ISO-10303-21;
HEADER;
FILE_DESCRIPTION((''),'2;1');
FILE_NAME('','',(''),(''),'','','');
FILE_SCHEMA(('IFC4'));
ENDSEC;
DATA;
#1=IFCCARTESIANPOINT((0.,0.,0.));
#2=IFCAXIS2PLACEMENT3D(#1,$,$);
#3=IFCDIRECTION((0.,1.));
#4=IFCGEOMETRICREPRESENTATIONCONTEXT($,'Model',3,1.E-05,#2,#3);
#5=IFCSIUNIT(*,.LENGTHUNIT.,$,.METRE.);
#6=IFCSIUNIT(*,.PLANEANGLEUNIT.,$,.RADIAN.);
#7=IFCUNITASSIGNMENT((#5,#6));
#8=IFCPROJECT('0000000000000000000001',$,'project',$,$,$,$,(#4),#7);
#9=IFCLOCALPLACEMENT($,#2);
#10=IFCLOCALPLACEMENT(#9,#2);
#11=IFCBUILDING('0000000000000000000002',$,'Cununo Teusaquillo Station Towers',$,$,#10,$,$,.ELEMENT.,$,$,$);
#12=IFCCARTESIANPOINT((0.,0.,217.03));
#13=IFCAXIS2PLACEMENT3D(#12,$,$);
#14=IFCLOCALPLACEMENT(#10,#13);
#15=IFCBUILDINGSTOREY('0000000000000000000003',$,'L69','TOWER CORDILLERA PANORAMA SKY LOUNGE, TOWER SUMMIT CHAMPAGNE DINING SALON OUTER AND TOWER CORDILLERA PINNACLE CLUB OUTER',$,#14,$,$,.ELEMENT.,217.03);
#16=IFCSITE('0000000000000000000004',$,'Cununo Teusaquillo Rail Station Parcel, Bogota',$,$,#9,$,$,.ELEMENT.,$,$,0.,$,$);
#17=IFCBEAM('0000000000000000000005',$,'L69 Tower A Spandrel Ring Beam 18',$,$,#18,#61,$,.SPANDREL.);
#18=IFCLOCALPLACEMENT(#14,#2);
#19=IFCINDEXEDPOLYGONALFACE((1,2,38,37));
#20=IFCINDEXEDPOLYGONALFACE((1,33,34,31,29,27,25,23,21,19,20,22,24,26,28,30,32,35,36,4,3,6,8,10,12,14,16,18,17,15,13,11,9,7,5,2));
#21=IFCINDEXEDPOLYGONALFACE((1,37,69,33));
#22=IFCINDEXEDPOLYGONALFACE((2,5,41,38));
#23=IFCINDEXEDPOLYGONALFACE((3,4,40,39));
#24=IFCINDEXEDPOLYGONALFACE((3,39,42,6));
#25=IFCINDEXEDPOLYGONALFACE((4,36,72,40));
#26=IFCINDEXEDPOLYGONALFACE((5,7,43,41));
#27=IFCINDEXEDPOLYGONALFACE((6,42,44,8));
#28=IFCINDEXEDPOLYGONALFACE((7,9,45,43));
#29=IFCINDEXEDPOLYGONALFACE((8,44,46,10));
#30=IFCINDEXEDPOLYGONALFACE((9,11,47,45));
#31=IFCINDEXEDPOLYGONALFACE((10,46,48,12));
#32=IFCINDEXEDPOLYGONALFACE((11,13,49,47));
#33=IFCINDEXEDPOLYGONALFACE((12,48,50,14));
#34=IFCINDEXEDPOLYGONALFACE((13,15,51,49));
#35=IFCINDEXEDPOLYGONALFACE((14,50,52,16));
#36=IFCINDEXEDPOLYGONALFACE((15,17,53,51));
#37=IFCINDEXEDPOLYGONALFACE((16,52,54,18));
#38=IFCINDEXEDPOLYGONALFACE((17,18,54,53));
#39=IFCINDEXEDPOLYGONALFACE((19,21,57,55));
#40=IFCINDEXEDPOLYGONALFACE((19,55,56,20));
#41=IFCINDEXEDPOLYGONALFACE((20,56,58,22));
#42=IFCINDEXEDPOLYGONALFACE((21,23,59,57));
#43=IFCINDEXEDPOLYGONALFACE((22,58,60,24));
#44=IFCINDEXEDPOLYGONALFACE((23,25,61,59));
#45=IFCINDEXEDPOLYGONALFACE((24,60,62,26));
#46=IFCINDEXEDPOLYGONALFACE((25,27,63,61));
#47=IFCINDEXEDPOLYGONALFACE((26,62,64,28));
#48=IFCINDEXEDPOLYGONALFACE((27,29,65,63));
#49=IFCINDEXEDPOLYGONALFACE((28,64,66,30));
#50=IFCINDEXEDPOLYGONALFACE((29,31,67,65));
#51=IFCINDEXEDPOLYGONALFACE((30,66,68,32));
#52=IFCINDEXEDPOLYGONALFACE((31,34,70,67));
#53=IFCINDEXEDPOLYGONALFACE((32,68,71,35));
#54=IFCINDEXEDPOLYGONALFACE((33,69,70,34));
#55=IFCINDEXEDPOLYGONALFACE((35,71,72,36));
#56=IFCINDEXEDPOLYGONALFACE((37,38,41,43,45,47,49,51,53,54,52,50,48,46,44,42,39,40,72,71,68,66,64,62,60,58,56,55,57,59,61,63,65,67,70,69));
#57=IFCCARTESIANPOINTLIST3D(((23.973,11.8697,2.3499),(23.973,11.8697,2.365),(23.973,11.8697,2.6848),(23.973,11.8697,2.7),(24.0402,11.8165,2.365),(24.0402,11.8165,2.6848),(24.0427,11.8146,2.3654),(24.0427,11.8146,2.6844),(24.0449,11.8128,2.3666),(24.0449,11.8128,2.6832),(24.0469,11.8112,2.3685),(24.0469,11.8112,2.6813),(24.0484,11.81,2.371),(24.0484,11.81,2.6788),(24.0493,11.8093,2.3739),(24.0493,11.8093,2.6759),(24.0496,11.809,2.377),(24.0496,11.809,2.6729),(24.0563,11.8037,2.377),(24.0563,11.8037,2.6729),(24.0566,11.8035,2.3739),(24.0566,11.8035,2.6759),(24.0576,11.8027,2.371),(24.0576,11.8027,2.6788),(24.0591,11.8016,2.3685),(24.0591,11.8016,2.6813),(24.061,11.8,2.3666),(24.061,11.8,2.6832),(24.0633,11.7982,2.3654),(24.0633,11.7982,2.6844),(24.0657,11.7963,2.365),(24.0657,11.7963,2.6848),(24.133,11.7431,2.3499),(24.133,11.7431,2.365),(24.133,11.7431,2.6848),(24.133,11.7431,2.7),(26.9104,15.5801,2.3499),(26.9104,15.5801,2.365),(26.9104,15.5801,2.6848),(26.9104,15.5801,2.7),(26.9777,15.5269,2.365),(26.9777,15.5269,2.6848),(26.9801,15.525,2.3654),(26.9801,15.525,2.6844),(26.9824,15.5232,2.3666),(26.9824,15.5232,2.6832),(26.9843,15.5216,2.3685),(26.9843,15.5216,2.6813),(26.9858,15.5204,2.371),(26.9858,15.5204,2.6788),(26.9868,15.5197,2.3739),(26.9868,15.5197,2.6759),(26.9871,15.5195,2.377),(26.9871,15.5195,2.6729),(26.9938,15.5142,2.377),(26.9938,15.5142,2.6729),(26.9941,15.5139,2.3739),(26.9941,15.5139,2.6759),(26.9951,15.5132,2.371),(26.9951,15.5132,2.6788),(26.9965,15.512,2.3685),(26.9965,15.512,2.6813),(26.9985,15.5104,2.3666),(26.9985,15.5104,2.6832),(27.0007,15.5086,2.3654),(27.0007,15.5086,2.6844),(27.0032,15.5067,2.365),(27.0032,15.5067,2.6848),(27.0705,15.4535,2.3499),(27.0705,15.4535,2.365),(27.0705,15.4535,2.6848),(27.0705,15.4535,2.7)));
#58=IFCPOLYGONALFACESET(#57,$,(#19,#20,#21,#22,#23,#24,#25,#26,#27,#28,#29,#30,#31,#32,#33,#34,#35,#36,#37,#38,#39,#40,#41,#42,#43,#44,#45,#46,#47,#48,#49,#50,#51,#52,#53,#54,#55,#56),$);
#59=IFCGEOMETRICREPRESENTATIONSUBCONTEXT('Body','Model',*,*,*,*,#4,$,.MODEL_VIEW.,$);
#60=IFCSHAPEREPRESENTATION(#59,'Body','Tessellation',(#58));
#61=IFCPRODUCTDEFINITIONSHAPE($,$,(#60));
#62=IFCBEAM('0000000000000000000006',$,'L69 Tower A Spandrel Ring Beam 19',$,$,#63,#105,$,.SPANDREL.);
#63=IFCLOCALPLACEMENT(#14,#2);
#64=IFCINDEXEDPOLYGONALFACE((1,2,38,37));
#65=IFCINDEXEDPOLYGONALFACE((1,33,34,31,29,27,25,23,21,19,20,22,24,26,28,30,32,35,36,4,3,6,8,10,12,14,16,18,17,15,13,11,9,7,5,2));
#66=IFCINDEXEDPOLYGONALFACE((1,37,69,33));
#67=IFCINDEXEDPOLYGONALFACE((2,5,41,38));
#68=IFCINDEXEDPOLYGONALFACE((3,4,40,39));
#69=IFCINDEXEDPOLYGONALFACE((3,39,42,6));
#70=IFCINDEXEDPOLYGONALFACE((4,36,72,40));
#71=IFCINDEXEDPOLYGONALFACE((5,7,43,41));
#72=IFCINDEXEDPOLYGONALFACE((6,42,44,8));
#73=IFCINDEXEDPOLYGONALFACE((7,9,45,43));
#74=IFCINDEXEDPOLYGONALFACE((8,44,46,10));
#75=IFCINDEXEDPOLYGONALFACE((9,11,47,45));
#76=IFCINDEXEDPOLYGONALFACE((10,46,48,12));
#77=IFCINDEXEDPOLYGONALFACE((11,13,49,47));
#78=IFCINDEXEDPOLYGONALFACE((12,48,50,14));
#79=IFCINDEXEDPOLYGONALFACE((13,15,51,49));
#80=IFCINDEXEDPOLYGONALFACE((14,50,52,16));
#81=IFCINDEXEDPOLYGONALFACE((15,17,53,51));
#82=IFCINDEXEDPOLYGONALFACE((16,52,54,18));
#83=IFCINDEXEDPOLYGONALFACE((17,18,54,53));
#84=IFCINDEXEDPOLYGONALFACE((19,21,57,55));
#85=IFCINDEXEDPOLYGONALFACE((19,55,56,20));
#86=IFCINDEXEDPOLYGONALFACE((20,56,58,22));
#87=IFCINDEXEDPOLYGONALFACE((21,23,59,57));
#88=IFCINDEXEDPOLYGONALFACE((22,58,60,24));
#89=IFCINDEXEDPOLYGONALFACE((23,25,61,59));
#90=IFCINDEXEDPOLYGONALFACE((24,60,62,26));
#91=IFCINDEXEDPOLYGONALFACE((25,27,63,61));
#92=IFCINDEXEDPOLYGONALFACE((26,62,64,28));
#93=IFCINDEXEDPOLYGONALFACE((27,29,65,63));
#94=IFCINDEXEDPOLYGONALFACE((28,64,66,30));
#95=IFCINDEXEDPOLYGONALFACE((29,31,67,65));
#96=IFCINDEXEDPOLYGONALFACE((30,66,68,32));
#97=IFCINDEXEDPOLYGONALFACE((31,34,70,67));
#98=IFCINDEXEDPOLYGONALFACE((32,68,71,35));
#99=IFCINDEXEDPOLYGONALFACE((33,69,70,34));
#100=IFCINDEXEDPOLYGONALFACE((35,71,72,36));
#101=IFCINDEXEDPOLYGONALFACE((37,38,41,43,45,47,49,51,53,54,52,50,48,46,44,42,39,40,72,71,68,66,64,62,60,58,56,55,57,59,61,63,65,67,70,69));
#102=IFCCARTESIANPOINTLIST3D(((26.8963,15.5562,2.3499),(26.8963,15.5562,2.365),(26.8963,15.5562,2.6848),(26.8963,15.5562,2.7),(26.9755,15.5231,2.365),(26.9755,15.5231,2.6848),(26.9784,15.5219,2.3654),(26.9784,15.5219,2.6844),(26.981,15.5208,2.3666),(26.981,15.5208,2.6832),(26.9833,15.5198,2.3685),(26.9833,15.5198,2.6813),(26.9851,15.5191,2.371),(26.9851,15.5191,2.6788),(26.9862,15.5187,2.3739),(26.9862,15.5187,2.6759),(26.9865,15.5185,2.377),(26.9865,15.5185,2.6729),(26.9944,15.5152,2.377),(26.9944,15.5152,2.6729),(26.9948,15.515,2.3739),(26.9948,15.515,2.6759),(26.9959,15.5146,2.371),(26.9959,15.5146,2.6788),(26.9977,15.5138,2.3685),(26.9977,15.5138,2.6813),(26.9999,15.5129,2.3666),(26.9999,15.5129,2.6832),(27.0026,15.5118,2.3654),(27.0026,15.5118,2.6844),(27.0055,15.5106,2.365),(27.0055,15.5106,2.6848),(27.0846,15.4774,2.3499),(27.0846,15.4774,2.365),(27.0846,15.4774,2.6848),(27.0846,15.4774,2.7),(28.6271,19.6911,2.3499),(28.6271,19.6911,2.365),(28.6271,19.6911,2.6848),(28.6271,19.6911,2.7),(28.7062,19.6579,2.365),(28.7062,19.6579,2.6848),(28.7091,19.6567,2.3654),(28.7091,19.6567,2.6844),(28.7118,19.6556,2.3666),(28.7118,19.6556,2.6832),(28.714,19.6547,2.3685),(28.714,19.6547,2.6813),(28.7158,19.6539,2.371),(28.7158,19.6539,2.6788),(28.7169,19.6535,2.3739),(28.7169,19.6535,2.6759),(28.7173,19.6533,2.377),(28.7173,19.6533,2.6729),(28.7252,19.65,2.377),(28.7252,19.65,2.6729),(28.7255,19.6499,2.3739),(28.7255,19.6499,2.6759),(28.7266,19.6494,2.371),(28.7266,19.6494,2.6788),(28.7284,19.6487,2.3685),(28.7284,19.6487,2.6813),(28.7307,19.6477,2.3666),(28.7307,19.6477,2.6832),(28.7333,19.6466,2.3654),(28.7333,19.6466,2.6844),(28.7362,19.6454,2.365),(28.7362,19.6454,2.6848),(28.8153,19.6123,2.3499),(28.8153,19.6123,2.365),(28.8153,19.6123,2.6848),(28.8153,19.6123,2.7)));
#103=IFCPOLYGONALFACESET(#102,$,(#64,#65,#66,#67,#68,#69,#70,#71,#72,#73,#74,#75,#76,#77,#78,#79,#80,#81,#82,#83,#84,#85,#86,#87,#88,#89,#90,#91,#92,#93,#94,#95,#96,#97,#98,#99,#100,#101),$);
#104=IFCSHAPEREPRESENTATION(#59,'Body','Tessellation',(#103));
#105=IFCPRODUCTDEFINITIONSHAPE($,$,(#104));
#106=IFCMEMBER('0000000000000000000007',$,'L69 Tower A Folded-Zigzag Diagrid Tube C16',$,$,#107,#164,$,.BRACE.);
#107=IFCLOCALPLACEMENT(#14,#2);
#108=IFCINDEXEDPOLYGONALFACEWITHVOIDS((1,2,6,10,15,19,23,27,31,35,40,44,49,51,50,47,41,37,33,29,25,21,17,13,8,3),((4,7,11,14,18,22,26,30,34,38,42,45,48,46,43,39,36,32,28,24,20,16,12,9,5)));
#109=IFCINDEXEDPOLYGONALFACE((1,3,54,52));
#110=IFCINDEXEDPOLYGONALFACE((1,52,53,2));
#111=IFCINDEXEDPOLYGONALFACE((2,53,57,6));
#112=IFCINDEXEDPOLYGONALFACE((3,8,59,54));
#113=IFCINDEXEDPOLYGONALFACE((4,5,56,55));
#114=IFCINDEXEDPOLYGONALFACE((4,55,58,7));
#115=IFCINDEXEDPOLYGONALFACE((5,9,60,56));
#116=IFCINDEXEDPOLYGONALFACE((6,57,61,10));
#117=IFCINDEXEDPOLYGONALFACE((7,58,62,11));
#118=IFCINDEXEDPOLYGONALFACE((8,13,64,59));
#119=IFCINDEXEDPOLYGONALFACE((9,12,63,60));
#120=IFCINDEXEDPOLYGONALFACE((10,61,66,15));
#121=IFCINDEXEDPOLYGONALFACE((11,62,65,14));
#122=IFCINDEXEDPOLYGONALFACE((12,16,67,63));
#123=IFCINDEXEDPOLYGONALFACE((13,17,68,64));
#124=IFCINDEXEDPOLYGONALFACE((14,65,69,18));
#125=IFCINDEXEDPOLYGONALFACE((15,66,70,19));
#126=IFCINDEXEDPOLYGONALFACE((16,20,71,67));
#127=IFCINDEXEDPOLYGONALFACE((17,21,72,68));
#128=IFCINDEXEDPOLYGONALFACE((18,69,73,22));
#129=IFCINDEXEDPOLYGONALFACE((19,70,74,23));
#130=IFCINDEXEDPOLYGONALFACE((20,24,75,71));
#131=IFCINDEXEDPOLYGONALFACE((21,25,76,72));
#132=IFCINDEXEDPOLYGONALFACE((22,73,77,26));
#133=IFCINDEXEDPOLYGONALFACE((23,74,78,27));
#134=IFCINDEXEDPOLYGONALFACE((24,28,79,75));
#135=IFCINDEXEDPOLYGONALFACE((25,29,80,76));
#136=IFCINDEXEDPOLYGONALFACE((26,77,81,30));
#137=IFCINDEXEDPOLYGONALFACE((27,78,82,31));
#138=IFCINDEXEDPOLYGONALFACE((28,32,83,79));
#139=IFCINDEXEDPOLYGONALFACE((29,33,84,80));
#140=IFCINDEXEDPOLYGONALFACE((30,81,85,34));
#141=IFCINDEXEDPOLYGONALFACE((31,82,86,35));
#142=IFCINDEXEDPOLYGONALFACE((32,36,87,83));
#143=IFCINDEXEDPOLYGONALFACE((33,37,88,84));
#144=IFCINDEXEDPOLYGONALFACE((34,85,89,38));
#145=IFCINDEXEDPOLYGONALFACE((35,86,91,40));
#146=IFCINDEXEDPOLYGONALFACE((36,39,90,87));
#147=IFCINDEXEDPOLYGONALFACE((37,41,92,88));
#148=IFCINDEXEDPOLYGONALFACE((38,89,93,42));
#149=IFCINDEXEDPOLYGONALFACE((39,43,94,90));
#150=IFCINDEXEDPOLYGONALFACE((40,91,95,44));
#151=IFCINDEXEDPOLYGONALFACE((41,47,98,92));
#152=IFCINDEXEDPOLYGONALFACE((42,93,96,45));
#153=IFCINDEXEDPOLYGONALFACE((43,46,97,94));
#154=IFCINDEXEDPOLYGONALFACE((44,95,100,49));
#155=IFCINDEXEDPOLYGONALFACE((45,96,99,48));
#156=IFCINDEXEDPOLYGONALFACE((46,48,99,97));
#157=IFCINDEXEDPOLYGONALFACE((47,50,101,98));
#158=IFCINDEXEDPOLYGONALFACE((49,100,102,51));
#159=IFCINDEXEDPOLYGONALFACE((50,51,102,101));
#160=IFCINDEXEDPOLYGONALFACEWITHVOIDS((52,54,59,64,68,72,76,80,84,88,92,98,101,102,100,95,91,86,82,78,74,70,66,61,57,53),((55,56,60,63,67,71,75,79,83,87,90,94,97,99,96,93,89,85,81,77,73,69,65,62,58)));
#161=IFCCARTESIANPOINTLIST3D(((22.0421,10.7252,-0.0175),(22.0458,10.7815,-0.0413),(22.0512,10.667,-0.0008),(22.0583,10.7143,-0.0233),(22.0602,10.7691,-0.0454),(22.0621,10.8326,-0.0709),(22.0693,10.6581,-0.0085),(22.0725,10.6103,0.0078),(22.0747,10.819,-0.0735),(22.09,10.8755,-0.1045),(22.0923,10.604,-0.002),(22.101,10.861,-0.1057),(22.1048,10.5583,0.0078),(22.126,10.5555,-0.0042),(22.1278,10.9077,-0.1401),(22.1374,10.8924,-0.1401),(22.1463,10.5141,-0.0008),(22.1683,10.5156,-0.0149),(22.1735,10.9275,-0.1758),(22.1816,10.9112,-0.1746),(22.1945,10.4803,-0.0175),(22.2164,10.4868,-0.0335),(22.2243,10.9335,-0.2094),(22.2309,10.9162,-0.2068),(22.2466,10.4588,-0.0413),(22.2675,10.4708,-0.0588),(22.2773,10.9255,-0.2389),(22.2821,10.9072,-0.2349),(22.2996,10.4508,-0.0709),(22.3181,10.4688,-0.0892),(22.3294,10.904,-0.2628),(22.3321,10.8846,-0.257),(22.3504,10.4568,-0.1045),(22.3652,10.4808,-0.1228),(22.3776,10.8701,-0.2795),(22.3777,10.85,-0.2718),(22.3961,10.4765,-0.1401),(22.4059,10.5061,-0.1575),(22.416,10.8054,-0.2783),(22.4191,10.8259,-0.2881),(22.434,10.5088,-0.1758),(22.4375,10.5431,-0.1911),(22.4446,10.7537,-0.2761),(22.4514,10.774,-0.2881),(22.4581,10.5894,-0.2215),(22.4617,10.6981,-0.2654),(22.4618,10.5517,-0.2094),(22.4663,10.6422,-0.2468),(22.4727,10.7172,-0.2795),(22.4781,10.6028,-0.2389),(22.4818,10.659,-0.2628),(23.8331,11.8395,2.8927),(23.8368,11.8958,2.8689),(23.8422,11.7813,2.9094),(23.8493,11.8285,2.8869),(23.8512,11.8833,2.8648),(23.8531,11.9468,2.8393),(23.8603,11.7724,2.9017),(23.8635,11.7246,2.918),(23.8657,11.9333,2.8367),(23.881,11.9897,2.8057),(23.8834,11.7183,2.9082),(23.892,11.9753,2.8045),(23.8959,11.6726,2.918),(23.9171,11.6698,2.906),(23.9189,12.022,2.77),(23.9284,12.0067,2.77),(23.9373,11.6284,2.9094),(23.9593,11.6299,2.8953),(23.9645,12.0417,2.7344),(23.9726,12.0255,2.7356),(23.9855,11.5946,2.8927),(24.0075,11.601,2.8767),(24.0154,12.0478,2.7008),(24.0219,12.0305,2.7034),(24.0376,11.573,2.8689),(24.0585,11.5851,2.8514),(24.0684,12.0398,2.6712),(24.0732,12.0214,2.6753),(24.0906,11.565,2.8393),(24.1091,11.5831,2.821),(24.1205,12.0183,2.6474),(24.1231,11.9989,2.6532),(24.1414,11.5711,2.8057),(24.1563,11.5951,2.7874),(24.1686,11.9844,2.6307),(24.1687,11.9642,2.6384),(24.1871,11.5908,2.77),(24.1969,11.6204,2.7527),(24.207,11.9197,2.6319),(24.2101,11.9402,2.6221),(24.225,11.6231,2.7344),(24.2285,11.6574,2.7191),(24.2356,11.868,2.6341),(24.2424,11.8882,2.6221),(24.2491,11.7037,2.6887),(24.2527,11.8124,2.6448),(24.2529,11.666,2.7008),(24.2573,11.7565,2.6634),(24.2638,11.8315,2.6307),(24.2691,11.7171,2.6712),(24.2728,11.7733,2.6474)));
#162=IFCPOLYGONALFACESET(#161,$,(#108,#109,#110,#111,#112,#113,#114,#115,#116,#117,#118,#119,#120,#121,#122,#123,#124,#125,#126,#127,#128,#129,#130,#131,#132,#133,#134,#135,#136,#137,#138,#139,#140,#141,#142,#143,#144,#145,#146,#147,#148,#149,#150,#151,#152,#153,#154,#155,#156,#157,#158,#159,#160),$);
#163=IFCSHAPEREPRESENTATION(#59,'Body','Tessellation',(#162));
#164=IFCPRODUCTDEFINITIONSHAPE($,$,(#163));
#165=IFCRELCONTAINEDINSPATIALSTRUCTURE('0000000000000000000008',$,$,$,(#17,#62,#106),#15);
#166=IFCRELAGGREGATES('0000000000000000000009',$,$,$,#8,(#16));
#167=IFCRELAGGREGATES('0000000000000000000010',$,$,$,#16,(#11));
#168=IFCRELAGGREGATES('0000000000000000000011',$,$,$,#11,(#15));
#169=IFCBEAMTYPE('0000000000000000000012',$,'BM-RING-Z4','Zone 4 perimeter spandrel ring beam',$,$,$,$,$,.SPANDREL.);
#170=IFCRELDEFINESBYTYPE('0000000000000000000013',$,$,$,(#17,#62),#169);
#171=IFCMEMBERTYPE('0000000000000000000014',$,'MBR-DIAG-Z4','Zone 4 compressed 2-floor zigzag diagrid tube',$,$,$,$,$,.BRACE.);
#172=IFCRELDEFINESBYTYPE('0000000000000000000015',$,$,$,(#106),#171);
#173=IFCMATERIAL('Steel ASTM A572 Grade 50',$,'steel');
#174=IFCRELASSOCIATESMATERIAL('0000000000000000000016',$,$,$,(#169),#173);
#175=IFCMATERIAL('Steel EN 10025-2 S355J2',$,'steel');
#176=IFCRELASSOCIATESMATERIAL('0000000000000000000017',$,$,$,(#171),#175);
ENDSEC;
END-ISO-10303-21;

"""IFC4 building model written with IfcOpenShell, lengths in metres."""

from ifc_helpers import new_model, si_unit, direction, frame, origin, origin_2d, place, context, subcontext, project, spatial, hollow_circle, i_section, extrude, material, material_profile, profile_set, type_object, element, save


model = new_model("IFC4")

# Units and contexts
model_context = context("Model", 3, precision=1e-05, world=origin(), true_north=direction((0.0, 1.0)))
body_context = subcontext(model_context, "Body", "Model", "MODEL_VIEW")
ifc_project = project(units=[si_unit("LENGTHUNIT", "METRE"), si_unit("PLANEANGLEUNIT", "RADIAN")], contexts=[model_context])

# Site, building, storey
site_placement = place(None, origin())
site = spatial("IfcSite", under=ifc_project, at=site_placement, Name="Cununo Teusaquillo Rail Station Parcel, Bogota", CompositionType="ELEMENT", RefElevation=0.0)
building_placement = place(site_placement, origin())
building = spatial("IfcBuilding", under=site, at=building_placement, Name="Cununo Teusaquillo Station Towers", CompositionType="ELEMENT")
storey_placement = place(building_placement, frame((0.0, 0.0, 217.03)))
storey = spatial("IfcBuildingStorey", under=building, at=storey_placement, Name="L69", Description="TOWER CORDILLERA PANORAMA SKY LOUNGE, TOWER SUMMIT CHAMPAGNE DINING SALON OUTER AND TOWER CORDILLERA PINNACLE CLUB OUTER", CompositionType="ELEMENT", Elevation=217.03)

# Beams
ifc_material_1 = material(Name="Steel ASTM A572 Grade 50", Category="steel")
ifc_material_profile_1 = material_profile(ifc_material_1, i_section(OverallWidth=0.2041, OverallDepth=0.3501, WebThickness=0.0085, FlangeThickness=0.0151, FilletRadius=0.012, at=origin_2d()), Name="W14X48")
ifc_profile_set_1 = profile_set([ifc_material_profile_1], Name="Steel ASTM A572 Grade 50")
beam_type_1 = type_object("IfcBeamType", Name="BM-RING-Z4", Description="Zone 4 perimeter spandrel ring beam", PredefinedType="SPANDREL", material=ifc_profile_set_1)
beam_1_placement = place(storey_placement, frame((24.053, 11.8064, 2.5249), z_axis=(0.620711, 0.78404, 0.0), x_axis=(-0.78404, 0.620711, 0.0)))
element("IfcBeam", 1, at=beam_1_placement, inside=storey, type_object=beam_type_1, Name="L69 Tower A Spandrel Ring Beam 18", PredefinedType="SPANDREL", context=body_context, shape_type="SweptSolid", body=[
    extrude(i_section(OverallWidth=0.2041, OverallDepth=0.3501, WebThickness=0.0085, FlangeThickness=0.0151, FilletRadius=0.012, at=origin_2d()), origin(), (0.0, 0.0, 1.0), 4.7324),
])
beam_2_placement = place(storey_placement, frame((26.9905, 15.5168, 2.5249), z_axis=(0.386115, 0.92245, 0.0), x_axis=(-0.92245, 0.386115, 0.0)))
element("IfcBeam", 2, at=beam_2_placement, inside=storey, type_object=beam_type_1, Name="L69 Tower A Spandrel Ring Beam 19", PredefinedType="SPANDREL", context=body_context, shape_type="SweptSolid", body=[
    extrude(i_section(OverallWidth=0.2041, OverallDepth=0.3501, WebThickness=0.0085, FlangeThickness=0.0151, FilletRadius=0.012, at=origin_2d()), origin(), (0.0, 0.0, 1.0), 4.4824),
])

# Member
ifc_material_2 = material(Name="Steel EN 10025-2 S355J2", Category="steel")
ifc_material_profile_2 = material_profile(ifc_material_2, hollow_circle(Radius=0.2539, WallThickness=0.0181, at=origin_2d()), Name="CHS 508x18")
ifc_profile_set_2 = profile_set([ifc_material_profile_2], Name="Steel EN 10025-2 S355J2")
member_type = type_object("IfcMemberType", Name="MBR-DIAG-Z4", Description="Zone 4 compressed 2-floor zigzag diagrid tube", PredefinedType="BRACE", material=ifc_profile_set_2)
member_1_placement = place(storey_placement, frame((22.262, 10.6921, -0.1401), z_axis=(0.498306, 0.310015, 0.80968), x_axis=(-0.52825, 0.849089, 0.0)))
element("IfcMember", 3, at=member_1_placement, inside=storey, type_object=member_type, Name="L69 Tower A Folded-Zigzag Diagrid Tube C16", PredefinedType="BRACE", context=body_context, shape_type="SweptSolid", body=[
    extrude(hollow_circle(Radius=0.2539, WallThickness=0.0181, at=origin_2d()), origin(), (0.0, 0.0, 1.0), 3.5942),
])

save(model, "model.ifc")
